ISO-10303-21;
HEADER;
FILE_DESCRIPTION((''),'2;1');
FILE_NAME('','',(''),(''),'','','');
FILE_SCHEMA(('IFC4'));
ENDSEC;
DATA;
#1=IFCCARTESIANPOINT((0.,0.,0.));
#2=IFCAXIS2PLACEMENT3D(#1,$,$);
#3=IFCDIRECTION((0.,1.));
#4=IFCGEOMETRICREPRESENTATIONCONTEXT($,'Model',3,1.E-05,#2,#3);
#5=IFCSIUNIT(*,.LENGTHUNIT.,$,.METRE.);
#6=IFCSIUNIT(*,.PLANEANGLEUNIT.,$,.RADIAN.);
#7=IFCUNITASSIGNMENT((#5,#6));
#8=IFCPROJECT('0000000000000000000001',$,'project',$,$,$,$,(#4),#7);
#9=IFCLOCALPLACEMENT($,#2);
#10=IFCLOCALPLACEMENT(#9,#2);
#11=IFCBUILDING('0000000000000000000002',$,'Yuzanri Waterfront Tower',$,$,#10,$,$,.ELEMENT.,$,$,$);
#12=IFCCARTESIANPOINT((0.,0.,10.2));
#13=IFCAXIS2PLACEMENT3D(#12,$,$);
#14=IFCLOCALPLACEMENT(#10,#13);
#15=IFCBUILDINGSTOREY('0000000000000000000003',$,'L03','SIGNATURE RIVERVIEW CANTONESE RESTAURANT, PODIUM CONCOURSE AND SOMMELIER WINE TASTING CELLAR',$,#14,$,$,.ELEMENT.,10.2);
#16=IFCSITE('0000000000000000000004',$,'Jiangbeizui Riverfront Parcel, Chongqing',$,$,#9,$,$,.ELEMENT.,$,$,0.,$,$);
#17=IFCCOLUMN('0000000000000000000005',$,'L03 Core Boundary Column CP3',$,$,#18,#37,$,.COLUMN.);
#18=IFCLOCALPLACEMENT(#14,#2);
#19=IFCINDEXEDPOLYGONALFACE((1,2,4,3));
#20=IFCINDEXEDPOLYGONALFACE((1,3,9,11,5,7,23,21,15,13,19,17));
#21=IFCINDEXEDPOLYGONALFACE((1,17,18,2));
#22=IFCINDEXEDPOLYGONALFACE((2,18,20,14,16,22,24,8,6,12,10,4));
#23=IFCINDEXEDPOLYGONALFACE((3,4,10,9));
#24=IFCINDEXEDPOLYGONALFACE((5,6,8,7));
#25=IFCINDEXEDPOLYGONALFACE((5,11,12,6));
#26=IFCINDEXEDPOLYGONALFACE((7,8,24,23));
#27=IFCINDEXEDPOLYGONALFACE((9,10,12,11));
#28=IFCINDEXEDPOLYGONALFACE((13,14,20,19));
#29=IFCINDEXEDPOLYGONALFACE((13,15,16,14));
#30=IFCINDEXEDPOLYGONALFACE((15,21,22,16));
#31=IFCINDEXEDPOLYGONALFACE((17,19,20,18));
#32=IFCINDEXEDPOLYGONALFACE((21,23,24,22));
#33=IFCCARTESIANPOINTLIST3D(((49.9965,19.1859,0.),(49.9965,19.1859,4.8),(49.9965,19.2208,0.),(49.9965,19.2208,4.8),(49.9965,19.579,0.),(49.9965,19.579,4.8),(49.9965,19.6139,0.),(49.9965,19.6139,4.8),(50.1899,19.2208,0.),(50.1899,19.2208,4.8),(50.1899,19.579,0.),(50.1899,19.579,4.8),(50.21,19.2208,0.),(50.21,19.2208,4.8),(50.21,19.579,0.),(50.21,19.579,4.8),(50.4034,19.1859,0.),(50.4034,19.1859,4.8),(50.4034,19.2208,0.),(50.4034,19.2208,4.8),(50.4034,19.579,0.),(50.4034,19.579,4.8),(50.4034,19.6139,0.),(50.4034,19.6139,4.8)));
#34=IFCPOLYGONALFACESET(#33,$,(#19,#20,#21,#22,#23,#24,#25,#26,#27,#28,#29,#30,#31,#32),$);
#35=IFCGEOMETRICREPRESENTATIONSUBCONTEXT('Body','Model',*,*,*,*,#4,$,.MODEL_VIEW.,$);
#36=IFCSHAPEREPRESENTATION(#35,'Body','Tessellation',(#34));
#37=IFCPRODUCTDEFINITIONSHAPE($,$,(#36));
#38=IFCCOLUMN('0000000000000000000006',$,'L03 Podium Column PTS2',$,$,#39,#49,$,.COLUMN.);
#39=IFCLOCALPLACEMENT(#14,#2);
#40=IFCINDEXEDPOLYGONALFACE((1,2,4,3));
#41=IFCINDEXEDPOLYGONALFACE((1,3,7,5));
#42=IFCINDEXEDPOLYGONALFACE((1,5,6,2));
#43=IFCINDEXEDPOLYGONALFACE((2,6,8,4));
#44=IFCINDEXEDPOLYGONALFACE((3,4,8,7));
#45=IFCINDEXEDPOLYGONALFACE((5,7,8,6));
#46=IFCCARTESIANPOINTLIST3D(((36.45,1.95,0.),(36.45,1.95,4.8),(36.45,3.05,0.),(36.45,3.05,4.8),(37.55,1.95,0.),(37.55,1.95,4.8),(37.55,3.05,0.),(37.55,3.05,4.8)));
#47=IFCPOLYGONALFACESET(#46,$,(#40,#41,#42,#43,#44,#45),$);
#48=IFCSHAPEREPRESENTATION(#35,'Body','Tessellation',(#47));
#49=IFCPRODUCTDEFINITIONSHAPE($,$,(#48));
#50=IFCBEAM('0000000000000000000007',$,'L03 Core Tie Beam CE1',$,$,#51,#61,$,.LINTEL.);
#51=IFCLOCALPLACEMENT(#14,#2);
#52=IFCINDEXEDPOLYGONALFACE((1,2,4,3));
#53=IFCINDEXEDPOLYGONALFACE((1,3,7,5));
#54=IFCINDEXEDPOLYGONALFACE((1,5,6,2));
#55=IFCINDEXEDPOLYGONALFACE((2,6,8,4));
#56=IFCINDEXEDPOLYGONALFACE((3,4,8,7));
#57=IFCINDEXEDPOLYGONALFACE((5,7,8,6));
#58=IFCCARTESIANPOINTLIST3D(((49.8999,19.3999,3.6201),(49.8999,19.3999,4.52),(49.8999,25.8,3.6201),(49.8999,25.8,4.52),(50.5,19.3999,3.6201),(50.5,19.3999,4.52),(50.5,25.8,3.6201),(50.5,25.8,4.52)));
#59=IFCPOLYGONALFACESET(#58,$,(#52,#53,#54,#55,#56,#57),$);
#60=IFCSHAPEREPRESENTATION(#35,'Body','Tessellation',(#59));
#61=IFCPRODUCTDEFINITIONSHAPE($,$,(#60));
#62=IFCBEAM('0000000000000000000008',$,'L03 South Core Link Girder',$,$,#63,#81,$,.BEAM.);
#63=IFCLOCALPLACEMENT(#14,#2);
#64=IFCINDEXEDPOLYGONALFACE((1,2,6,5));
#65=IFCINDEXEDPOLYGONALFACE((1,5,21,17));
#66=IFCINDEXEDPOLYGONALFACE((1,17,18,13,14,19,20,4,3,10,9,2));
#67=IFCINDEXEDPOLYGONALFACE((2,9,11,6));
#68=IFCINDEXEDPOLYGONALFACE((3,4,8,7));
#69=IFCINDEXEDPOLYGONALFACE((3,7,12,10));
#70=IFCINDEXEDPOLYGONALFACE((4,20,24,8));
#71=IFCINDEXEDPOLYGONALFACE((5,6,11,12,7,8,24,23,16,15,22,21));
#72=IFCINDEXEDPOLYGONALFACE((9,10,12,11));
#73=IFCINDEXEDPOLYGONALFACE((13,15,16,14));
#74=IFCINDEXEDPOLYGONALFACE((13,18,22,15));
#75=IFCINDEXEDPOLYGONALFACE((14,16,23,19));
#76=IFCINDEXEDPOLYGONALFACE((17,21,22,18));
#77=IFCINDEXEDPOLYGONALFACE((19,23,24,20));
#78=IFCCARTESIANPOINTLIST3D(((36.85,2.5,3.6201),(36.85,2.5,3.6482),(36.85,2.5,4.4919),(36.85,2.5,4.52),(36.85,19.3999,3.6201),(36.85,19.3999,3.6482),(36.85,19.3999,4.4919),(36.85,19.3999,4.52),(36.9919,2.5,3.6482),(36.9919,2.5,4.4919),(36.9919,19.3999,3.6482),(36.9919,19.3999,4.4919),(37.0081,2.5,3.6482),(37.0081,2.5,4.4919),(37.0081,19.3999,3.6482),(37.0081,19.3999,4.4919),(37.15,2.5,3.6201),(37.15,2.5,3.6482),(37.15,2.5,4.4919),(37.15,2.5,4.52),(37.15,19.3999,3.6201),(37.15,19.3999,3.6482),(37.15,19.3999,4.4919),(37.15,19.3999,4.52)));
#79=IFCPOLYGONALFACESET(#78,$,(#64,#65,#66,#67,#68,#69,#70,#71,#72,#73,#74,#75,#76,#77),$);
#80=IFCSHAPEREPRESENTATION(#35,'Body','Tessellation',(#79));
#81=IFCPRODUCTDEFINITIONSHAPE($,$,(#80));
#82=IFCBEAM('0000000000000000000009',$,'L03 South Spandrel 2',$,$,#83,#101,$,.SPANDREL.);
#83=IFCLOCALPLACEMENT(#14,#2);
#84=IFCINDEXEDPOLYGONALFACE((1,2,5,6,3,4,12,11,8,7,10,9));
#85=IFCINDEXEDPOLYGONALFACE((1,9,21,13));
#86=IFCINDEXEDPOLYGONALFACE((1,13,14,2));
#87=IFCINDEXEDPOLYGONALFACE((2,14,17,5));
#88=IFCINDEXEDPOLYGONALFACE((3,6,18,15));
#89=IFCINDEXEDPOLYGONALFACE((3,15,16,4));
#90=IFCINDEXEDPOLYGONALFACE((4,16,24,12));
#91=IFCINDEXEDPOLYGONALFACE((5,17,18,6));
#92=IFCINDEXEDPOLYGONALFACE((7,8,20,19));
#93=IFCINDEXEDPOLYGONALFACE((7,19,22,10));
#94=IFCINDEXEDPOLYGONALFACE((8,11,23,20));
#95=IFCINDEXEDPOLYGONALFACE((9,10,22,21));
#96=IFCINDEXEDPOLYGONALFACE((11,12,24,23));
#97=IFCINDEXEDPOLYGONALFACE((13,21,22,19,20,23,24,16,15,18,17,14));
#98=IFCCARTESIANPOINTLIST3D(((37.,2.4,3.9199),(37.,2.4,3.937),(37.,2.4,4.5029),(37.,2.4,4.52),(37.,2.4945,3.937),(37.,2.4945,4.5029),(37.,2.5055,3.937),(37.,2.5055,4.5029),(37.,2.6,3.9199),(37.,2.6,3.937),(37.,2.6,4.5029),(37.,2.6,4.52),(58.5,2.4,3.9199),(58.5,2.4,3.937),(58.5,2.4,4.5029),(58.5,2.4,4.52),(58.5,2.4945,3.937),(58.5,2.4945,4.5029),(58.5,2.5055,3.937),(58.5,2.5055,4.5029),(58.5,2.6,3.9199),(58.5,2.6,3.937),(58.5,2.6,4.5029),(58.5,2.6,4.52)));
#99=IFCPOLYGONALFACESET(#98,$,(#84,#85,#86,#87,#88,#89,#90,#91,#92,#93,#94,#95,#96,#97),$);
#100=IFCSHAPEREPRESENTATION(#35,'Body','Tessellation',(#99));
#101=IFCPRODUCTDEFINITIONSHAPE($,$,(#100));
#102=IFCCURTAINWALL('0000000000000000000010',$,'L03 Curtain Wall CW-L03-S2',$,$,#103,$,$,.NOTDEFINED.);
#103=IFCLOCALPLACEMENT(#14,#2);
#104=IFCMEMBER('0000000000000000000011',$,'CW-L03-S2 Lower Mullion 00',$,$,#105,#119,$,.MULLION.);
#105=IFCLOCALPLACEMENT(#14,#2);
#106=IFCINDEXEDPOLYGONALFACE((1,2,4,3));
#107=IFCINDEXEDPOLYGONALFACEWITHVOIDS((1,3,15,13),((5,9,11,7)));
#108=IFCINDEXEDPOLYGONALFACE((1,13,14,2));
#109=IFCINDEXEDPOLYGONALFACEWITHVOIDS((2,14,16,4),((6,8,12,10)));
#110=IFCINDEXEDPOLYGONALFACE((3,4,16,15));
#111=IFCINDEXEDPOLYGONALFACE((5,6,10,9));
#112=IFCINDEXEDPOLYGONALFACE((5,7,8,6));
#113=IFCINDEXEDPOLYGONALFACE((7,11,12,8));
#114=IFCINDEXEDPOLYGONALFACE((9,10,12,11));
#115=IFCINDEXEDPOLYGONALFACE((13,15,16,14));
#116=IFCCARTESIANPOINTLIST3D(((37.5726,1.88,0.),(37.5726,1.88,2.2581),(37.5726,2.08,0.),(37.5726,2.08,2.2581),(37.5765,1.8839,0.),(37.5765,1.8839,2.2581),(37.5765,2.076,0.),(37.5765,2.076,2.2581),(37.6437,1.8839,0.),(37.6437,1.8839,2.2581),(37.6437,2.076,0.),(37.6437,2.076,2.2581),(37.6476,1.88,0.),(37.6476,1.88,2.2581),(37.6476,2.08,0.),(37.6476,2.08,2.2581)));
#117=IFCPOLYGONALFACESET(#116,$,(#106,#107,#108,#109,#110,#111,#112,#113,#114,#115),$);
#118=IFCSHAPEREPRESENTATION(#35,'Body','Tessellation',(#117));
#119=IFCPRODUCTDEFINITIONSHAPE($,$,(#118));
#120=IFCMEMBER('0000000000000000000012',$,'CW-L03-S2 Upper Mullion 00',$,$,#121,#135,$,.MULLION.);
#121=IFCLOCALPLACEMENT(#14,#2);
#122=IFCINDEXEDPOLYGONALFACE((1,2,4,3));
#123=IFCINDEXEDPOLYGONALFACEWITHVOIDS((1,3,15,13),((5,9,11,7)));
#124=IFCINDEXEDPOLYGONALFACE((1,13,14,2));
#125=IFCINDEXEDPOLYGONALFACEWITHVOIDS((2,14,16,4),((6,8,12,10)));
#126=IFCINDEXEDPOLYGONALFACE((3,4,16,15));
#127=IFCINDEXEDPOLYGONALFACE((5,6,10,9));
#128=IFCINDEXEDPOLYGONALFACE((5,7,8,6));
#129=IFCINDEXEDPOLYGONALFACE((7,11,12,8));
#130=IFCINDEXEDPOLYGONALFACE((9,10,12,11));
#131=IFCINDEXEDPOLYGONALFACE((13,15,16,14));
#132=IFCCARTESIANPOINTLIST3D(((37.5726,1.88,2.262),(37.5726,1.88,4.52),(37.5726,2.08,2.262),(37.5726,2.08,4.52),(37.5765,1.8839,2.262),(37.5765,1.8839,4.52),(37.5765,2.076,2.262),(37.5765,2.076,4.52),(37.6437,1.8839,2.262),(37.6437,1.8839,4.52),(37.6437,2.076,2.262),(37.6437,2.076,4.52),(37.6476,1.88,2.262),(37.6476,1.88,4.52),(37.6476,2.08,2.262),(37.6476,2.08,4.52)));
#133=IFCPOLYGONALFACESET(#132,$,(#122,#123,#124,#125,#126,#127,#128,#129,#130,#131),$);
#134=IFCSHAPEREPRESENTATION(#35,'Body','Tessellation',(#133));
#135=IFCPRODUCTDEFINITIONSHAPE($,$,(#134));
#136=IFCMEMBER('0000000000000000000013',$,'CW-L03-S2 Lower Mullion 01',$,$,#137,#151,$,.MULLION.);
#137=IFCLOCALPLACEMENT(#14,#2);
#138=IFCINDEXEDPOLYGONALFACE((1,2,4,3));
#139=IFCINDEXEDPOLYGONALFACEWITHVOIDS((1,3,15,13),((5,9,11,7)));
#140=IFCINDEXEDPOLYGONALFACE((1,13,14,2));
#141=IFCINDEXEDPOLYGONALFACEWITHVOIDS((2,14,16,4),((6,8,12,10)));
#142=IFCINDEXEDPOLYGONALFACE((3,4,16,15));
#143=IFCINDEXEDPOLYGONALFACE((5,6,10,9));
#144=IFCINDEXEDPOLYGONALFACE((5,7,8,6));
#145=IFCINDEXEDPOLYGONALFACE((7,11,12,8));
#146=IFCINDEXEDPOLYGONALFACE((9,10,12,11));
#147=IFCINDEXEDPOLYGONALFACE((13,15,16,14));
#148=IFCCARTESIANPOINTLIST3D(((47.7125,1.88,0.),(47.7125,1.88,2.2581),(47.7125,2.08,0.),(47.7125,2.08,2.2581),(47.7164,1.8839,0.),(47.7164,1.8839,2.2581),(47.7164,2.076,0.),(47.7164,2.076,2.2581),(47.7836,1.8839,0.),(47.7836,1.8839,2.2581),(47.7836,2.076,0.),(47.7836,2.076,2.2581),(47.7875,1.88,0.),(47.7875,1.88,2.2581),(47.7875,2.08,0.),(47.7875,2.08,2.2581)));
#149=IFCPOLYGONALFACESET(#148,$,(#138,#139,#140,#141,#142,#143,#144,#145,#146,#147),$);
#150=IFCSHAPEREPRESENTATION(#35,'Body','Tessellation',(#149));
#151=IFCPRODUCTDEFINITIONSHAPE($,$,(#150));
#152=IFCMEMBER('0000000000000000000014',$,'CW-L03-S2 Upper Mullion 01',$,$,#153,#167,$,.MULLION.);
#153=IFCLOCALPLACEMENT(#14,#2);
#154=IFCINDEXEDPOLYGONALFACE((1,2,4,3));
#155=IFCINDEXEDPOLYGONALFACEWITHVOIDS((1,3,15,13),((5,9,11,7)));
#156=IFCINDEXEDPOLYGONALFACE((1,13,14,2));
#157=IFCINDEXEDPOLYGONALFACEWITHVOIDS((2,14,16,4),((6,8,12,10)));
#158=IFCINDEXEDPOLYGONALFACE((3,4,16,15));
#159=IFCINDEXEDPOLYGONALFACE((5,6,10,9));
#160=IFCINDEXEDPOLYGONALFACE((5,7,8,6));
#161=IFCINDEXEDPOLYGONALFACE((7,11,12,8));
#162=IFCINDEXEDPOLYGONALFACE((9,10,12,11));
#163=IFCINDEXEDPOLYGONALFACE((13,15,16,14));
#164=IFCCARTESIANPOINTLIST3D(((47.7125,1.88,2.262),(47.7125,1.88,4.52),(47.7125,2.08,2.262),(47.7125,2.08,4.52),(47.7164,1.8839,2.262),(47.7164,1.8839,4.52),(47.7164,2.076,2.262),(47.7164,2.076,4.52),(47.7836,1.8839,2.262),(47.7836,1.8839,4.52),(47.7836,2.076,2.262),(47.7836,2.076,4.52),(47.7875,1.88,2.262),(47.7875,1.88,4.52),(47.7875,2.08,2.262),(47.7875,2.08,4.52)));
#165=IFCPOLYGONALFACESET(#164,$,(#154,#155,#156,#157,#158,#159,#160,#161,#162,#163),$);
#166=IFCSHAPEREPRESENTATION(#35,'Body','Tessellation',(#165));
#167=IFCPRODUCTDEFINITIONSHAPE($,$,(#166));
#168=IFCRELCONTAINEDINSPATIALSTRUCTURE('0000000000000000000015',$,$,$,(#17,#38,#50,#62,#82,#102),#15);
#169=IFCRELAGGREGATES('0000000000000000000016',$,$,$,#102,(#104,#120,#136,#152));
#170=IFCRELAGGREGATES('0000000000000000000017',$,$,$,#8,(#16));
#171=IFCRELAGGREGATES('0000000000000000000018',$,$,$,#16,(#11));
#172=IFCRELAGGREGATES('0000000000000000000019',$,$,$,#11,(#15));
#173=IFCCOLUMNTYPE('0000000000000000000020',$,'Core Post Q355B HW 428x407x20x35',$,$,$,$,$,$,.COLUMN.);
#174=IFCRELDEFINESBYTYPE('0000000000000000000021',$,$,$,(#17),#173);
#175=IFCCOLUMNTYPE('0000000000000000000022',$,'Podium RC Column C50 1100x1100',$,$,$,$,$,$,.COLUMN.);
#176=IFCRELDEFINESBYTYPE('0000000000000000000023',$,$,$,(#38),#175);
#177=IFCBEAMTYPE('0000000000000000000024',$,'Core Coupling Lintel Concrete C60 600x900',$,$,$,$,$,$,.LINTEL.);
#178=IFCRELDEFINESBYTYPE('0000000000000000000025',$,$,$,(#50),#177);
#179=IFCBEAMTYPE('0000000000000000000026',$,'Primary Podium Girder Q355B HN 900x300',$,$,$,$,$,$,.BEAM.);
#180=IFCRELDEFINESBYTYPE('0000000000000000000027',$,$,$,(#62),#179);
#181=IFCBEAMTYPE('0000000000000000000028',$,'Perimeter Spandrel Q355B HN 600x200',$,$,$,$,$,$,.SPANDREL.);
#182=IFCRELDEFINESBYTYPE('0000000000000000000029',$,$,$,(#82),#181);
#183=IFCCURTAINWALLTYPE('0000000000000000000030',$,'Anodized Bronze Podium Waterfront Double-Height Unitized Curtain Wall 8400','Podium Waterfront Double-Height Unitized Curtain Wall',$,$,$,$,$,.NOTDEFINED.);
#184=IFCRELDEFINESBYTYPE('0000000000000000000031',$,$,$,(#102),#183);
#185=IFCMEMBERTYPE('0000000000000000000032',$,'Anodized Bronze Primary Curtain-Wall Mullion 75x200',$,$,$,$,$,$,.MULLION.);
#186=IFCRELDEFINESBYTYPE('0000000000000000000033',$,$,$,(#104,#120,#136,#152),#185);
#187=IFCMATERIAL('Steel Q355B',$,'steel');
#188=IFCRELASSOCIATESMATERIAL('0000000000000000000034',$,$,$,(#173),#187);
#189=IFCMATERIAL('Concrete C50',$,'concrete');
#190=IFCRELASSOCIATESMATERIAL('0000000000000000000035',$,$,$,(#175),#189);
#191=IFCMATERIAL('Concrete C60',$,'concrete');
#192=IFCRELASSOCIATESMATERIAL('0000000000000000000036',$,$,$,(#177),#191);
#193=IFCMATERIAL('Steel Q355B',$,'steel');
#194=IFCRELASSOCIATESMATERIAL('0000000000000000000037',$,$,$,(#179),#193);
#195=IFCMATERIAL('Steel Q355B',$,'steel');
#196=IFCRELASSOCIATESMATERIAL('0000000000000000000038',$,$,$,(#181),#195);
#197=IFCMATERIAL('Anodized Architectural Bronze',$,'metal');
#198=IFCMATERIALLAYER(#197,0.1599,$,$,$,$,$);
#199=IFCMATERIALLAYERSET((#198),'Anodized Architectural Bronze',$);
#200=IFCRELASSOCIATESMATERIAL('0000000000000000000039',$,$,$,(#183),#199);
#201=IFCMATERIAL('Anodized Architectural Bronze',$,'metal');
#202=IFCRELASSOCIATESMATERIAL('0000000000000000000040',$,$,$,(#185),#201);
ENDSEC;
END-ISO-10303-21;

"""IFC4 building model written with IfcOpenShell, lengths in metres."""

from ifc_helpers import new_model, si_unit, direction, frame, origin, origin_2d, place, context, subcontext, project, spatial, rectangle, hollow_rectangle, i_section, extrude, source, transform, mapped, material, layer, layer_set, material_profile, profile_set, type_object, element, aggregate, save


model = new_model("IFC4")

# Units and contexts
model_context = context("Model", 3, precision=1e-05, world=origin(), true_north=direction((0.0, 1.0)))
body_context = subcontext(model_context, "Body", "Model", "MODEL_VIEW")
ifc_project = project(units=[si_unit("LENGTHUNIT", "METRE"), si_unit("PLANEANGLEUNIT", "RADIAN")], contexts=[model_context])

# Site, building, storey
site_placement = place(None, origin())
site = spatial("IfcSite", under=ifc_project, at=site_placement, Name="Jiangbeizui Riverfront Parcel, Chongqing", CompositionType="ELEMENT", RefElevation=0.0)
building_placement = place(site_placement, origin())
building = spatial("IfcBuilding", under=site, at=building_placement, Name="Yuzanri Waterfront Tower", CompositionType="ELEMENT")
storey_placement = place(building_placement, frame((0.0, 0.0, 10.2)))
storey = spatial("IfcBuildingStorey", under=building, at=storey_placement, Name="L03", Description="SIGNATURE RIVERVIEW CANTONESE RESTAURANT, PODIUM CONCOURSE AND SOMMELIER WINE TASTING CELLAR", CompositionType="ELEMENT", Elevation=10.2)

# Columns
ifc_material_1 = material(Name="Steel Q355B", Category="steel")
ifc_material_profile_1 = material_profile(ifc_material_1, i_section(OverallWidth=0.407, OverallDepth=0.428, WebThickness=0.02, FlangeThickness=0.0349, at=origin_2d()), Name="HW 428x407x20x35")
ifc_profile_set_1 = profile_set([ifc_material_profile_1], Name="Steel Q355B")
column_type_1 = type_object("IfcColumnType", Name="Core Post Q355B HW 428x407x20x35", PredefinedType="COLUMN", material=ifc_profile_set_1)
shared_shape_1 = source(origin(), body_context, "Body", "SweptSolid", [
    extrude(i_section(OverallWidth=0.407, OverallDepth=0.428, WebThickness=0.02, FlangeThickness=0.0349, at=origin_2d()), origin(), (0.0, 0.0, 1.0), 4.8),
])
column_1_placement = place(storey_placement, frame((50.2, 19.3999, 0.0), z_axis=(0.0, 0.0, 1.0), x_axis=(1.0, 0.0, 0.0)))
element("IfcColumn", 1, at=column_1_placement, inside=storey, type_object=column_type_1, Name="L03 Core Boundary Column CP3", PredefinedType="COLUMN", context=body_context, shape_type="MappedRepresentation", body=[
    mapped(shared_shape_1, transform((0.0, 0.0, 0.0), scale=1.0)),
])
ifc_material_2 = material(Name="Concrete C50", Category="concrete")
ifc_material_profile_2 = material_profile(ifc_material_2, rectangle(XDim=1.1001, YDim=1.1001, at=origin_2d()), Name="RC 1100x1100")
ifc_profile_set_2 = profile_set([ifc_material_profile_2], Name="Concrete C50")
column_type_2 = type_object("IfcColumnType", Name="Podium RC Column C50 1100x1100", PredefinedType="COLUMN", material=ifc_profile_set_2)
shared_shape_2 = source(origin(), body_context, "Body", "SweptSolid", [
    extrude(rectangle(XDim=1.1001, YDim=1.1001, at=origin_2d()), origin(), (0.0, 0.0, 1.0), 4.8),
])
column_2_placement = place(storey_placement, frame((37.0, 2.5, 0.0), z_axis=(0.0, 0.0, 1.0), x_axis=(1.0, 0.0, 0.0)))
element("IfcColumn", 2, at=column_2_placement, inside=storey, type_object=column_type_2, Name="L03 Podium Column PTS2", PredefinedType="COLUMN", context=body_context, shape_type="MappedRepresentation", body=[
    mapped(shared_shape_2, transform((0.0, 0.0, 0.0), scale=1.0)),
])

# Beams
ifc_material_3 = material(Name="Concrete C60", Category="concrete")
ifc_material_profile_3 = material_profile(ifc_material_3, rectangle(XDim=0.6001, YDim=0.8999, at=origin_2d()), Name="RC 600x900")
ifc_profile_set_3 = profile_set([ifc_material_profile_3], Name="Concrete C60")
beam_type_1 = type_object("IfcBeamType", Name="Core Coupling Lintel Concrete C60 600x900", PredefinedType="LINTEL", material=ifc_profile_set_3)
shared_shape_3 = source(origin(), body_context, "Body", "SweptSolid", [
    extrude(rectangle(XDim=0.6001, YDim=0.8999, at=origin_2d()), origin(), (0.0, 0.0, 1.0), 6.4001),
])
beam_1_placement = place(storey_placement, frame((50.2, 19.3999, 4.0701), z_axis=(0.0, 1.0, 0.0), x_axis=(-1.0, 0.0, 0.0)))
element("IfcBeam", 3, at=beam_1_placement, inside=storey, type_object=beam_type_1, Name="L03 Core Tie Beam CE1", PredefinedType="LINTEL", context=body_context, shape_type="MappedRepresentation", body=[
    mapped(shared_shape_3, transform((0.0, 0.0, 0.0), scale=1.0)),
])
ifc_material_4 = material(Name="Steel Q355B", Category="steel")
ifc_material_profile_4 = material_profile(ifc_material_4, i_section(OverallWidth=0.3, OverallDepth=0.8999, WebThickness=0.0161, FlangeThickness=0.0281, at=origin_2d()), Name="HN 900x300x16x28")
ifc_profile_set_4 = profile_set([ifc_material_profile_4], Name="Steel Q355B")
beam_type_2 = type_object("IfcBeamType", Name="Primary Podium Girder Q355B HN 900x300", PredefinedType="BEAM", material=ifc_profile_set_4)
shared_shape_4 = source(origin(), body_context, "Body", "SweptSolid", [
    extrude(i_section(OverallWidth=0.3, OverallDepth=0.8999, WebThickness=0.0161, FlangeThickness=0.0281, at=origin_2d()), origin(), (0.0, 0.0, 1.0), 16.8999),
])
beam_2_placement = place(storey_placement, frame((37.0, 2.5, 4.0701), z_axis=(0.0, 1.0, 0.0), x_axis=(-1.0, 0.0, 0.0)))
element("IfcBeam", 4, at=beam_2_placement, inside=storey, type_object=beam_type_2, Name="L03 South Core Link Girder", PredefinedType="BEAM", context=body_context, shape_type="MappedRepresentation", body=[
    mapped(shared_shape_4, transform((0.0, 0.0, 0.0), scale=1.0)),
])
ifc_material_5 = material(Name="Steel Q355B", Category="steel")
ifc_material_profile_5 = material_profile(ifc_material_5, i_section(OverallWidth=0.2, OverallDepth=0.6001, WebThickness=0.011, FlangeThickness=0.0171, at=origin_2d()), Name="HN 600x200x11x17")
ifc_profile_set_5 = profile_set([ifc_material_profile_5], Name="Steel Q355B")
beam_type_3 = type_object("IfcBeamType", Name="Perimeter Spandrel Q355B HN 600x200", PredefinedType="SPANDREL", material=ifc_profile_set_5)
shared_shape_5 = source(origin(), body_context, "Body", "SweptSolid", [
    extrude(i_section(OverallWidth=0.2, OverallDepth=0.6001, WebThickness=0.011, FlangeThickness=0.0171, at=origin_2d()), origin(), (0.0, 0.0, 1.0), 21.5),
])
beam_3_placement = place(storey_placement, frame((37.0, 2.5, 4.22), z_axis=(1.0, 0.0, 0.0), x_axis=(0.0, 1.0, 0.0)))
element("IfcBeam", 5, at=beam_3_placement, inside=storey, type_object=beam_type_3, Name="L03 South Spandrel 2", PredefinedType="SPANDREL", context=body_context, shape_type="MappedRepresentation", body=[
    mapped(shared_shape_5, transform((0.0, 0.0, 0.0), scale=1.0)),
])

# Curtain wall, members
ifc_material_6 = material(Name="Anodized Architectural Bronze", Category="metal")
ifc_layer_1 = layer(ifc_material_6, 0.1599)
ifc_layer_set_1 = layer_set([ifc_layer_1], Name="Anodized Architectural Bronze")
curtain_wall_type = type_object("IfcCurtainWallType", Name="Anodized Bronze Podium Waterfront Double-Height Unitized Curtain Wall 8400", Description="Podium Waterfront Double-Height Unitized Curtain Wall", PredefinedType="NOTDEFINED", material=ifc_layer_set_1)
curtain_wall_placement = place(storey_placement, origin())
curtain_wall = element("IfcCurtainWall", 6, at=curtain_wall_placement, inside=storey, type_object=curtain_wall_type, Name="L03 Curtain Wall CW-L03-S2", PredefinedType="NOTDEFINED")
ifc_material_7 = material(Name="Anodized Architectural Bronze", Category="metal")
ifc_material_profile_6 = material_profile(ifc_material_7, hollow_rectangle(XDim=0.075, YDim=0.2, WallThickness=0.0039, at=origin_2d()), Name="CWM 75x200")
ifc_profile_set_6 = profile_set([ifc_material_profile_6], Name="Anodized Architectural Bronze")
member_type_1 = type_object("IfcMemberType", Name="Anodized Bronze Primary Curtain-Wall Mullion 75x200", PredefinedType="MULLION", material=ifc_profile_set_6)
shared_shape_6 = source(origin(), body_context, "Body", "SweptSolid", [
    extrude(hollow_rectangle(XDim=0.075, YDim=0.2, WallThickness=0.0039, at=origin_2d()), origin(), (0.0, 0.0, 1.0), 2.2581),
])
member_1_placement = place(storey_placement, frame((37.6101, 1.98, 0.0), z_axis=(0.0, 0.0, 1.0), x_axis=(1.0, 0.0, 0.0)))
member_1 = element("IfcMember", 7, at=member_1_placement, type_object=member_type_1, Name="CW-L03-S2 Lower Mullion 00", PredefinedType="MULLION", context=body_context, shape_type="MappedRepresentation", body=[
    mapped(shared_shape_6, transform((0.0, 0.0, 0.0), scale=1.0)),
])
member_2_placement = place(storey_placement, frame((37.6101, 1.98, 2.262), z_axis=(0.0, 0.0, 1.0), x_axis=(1.0, 0.0, 0.0)))
member_2 = element("IfcMember", 8, at=member_2_placement, type_object=member_type_1, Name="CW-L03-S2 Upper Mullion 00", PredefinedType="MULLION", context=body_context, shape_type="MappedRepresentation", body=[
    mapped(shared_shape_6, transform((0.0, 0.0, 0.0), scale=1.0)),
])
member_3_placement = place(storey_placement, frame((47.75, 1.98, 0.0), z_axis=(0.0, 0.0, 1.0), x_axis=(1.0, 0.0, 0.0)))
member_3 = element("IfcMember", 9, at=member_3_placement, type_object=member_type_1, Name="CW-L03-S2 Lower Mullion 01", PredefinedType="MULLION", context=body_context, shape_type="MappedRepresentation", body=[
    mapped(shared_shape_6, transform((0.0, 0.0, 0.0), scale=1.0)),
])
member_4_placement = place(storey_placement, frame((47.75, 1.98, 2.262), z_axis=(0.0, 0.0, 1.0), x_axis=(1.0, 0.0, 0.0)))
member_4 = element("IfcMember", 10, at=member_4_placement, type_object=member_type_1, Name="CW-L03-S2 Upper Mullion 01", PredefinedType="MULLION", context=body_context, shape_type="MappedRepresentation", body=[
    mapped(shared_shape_6, transform((0.0, 0.0, 0.0), scale=1.0)),
])
aggregate(curtain_wall, [member_1, member_2, member_3, member_4])

save(model, "model.ifc")
